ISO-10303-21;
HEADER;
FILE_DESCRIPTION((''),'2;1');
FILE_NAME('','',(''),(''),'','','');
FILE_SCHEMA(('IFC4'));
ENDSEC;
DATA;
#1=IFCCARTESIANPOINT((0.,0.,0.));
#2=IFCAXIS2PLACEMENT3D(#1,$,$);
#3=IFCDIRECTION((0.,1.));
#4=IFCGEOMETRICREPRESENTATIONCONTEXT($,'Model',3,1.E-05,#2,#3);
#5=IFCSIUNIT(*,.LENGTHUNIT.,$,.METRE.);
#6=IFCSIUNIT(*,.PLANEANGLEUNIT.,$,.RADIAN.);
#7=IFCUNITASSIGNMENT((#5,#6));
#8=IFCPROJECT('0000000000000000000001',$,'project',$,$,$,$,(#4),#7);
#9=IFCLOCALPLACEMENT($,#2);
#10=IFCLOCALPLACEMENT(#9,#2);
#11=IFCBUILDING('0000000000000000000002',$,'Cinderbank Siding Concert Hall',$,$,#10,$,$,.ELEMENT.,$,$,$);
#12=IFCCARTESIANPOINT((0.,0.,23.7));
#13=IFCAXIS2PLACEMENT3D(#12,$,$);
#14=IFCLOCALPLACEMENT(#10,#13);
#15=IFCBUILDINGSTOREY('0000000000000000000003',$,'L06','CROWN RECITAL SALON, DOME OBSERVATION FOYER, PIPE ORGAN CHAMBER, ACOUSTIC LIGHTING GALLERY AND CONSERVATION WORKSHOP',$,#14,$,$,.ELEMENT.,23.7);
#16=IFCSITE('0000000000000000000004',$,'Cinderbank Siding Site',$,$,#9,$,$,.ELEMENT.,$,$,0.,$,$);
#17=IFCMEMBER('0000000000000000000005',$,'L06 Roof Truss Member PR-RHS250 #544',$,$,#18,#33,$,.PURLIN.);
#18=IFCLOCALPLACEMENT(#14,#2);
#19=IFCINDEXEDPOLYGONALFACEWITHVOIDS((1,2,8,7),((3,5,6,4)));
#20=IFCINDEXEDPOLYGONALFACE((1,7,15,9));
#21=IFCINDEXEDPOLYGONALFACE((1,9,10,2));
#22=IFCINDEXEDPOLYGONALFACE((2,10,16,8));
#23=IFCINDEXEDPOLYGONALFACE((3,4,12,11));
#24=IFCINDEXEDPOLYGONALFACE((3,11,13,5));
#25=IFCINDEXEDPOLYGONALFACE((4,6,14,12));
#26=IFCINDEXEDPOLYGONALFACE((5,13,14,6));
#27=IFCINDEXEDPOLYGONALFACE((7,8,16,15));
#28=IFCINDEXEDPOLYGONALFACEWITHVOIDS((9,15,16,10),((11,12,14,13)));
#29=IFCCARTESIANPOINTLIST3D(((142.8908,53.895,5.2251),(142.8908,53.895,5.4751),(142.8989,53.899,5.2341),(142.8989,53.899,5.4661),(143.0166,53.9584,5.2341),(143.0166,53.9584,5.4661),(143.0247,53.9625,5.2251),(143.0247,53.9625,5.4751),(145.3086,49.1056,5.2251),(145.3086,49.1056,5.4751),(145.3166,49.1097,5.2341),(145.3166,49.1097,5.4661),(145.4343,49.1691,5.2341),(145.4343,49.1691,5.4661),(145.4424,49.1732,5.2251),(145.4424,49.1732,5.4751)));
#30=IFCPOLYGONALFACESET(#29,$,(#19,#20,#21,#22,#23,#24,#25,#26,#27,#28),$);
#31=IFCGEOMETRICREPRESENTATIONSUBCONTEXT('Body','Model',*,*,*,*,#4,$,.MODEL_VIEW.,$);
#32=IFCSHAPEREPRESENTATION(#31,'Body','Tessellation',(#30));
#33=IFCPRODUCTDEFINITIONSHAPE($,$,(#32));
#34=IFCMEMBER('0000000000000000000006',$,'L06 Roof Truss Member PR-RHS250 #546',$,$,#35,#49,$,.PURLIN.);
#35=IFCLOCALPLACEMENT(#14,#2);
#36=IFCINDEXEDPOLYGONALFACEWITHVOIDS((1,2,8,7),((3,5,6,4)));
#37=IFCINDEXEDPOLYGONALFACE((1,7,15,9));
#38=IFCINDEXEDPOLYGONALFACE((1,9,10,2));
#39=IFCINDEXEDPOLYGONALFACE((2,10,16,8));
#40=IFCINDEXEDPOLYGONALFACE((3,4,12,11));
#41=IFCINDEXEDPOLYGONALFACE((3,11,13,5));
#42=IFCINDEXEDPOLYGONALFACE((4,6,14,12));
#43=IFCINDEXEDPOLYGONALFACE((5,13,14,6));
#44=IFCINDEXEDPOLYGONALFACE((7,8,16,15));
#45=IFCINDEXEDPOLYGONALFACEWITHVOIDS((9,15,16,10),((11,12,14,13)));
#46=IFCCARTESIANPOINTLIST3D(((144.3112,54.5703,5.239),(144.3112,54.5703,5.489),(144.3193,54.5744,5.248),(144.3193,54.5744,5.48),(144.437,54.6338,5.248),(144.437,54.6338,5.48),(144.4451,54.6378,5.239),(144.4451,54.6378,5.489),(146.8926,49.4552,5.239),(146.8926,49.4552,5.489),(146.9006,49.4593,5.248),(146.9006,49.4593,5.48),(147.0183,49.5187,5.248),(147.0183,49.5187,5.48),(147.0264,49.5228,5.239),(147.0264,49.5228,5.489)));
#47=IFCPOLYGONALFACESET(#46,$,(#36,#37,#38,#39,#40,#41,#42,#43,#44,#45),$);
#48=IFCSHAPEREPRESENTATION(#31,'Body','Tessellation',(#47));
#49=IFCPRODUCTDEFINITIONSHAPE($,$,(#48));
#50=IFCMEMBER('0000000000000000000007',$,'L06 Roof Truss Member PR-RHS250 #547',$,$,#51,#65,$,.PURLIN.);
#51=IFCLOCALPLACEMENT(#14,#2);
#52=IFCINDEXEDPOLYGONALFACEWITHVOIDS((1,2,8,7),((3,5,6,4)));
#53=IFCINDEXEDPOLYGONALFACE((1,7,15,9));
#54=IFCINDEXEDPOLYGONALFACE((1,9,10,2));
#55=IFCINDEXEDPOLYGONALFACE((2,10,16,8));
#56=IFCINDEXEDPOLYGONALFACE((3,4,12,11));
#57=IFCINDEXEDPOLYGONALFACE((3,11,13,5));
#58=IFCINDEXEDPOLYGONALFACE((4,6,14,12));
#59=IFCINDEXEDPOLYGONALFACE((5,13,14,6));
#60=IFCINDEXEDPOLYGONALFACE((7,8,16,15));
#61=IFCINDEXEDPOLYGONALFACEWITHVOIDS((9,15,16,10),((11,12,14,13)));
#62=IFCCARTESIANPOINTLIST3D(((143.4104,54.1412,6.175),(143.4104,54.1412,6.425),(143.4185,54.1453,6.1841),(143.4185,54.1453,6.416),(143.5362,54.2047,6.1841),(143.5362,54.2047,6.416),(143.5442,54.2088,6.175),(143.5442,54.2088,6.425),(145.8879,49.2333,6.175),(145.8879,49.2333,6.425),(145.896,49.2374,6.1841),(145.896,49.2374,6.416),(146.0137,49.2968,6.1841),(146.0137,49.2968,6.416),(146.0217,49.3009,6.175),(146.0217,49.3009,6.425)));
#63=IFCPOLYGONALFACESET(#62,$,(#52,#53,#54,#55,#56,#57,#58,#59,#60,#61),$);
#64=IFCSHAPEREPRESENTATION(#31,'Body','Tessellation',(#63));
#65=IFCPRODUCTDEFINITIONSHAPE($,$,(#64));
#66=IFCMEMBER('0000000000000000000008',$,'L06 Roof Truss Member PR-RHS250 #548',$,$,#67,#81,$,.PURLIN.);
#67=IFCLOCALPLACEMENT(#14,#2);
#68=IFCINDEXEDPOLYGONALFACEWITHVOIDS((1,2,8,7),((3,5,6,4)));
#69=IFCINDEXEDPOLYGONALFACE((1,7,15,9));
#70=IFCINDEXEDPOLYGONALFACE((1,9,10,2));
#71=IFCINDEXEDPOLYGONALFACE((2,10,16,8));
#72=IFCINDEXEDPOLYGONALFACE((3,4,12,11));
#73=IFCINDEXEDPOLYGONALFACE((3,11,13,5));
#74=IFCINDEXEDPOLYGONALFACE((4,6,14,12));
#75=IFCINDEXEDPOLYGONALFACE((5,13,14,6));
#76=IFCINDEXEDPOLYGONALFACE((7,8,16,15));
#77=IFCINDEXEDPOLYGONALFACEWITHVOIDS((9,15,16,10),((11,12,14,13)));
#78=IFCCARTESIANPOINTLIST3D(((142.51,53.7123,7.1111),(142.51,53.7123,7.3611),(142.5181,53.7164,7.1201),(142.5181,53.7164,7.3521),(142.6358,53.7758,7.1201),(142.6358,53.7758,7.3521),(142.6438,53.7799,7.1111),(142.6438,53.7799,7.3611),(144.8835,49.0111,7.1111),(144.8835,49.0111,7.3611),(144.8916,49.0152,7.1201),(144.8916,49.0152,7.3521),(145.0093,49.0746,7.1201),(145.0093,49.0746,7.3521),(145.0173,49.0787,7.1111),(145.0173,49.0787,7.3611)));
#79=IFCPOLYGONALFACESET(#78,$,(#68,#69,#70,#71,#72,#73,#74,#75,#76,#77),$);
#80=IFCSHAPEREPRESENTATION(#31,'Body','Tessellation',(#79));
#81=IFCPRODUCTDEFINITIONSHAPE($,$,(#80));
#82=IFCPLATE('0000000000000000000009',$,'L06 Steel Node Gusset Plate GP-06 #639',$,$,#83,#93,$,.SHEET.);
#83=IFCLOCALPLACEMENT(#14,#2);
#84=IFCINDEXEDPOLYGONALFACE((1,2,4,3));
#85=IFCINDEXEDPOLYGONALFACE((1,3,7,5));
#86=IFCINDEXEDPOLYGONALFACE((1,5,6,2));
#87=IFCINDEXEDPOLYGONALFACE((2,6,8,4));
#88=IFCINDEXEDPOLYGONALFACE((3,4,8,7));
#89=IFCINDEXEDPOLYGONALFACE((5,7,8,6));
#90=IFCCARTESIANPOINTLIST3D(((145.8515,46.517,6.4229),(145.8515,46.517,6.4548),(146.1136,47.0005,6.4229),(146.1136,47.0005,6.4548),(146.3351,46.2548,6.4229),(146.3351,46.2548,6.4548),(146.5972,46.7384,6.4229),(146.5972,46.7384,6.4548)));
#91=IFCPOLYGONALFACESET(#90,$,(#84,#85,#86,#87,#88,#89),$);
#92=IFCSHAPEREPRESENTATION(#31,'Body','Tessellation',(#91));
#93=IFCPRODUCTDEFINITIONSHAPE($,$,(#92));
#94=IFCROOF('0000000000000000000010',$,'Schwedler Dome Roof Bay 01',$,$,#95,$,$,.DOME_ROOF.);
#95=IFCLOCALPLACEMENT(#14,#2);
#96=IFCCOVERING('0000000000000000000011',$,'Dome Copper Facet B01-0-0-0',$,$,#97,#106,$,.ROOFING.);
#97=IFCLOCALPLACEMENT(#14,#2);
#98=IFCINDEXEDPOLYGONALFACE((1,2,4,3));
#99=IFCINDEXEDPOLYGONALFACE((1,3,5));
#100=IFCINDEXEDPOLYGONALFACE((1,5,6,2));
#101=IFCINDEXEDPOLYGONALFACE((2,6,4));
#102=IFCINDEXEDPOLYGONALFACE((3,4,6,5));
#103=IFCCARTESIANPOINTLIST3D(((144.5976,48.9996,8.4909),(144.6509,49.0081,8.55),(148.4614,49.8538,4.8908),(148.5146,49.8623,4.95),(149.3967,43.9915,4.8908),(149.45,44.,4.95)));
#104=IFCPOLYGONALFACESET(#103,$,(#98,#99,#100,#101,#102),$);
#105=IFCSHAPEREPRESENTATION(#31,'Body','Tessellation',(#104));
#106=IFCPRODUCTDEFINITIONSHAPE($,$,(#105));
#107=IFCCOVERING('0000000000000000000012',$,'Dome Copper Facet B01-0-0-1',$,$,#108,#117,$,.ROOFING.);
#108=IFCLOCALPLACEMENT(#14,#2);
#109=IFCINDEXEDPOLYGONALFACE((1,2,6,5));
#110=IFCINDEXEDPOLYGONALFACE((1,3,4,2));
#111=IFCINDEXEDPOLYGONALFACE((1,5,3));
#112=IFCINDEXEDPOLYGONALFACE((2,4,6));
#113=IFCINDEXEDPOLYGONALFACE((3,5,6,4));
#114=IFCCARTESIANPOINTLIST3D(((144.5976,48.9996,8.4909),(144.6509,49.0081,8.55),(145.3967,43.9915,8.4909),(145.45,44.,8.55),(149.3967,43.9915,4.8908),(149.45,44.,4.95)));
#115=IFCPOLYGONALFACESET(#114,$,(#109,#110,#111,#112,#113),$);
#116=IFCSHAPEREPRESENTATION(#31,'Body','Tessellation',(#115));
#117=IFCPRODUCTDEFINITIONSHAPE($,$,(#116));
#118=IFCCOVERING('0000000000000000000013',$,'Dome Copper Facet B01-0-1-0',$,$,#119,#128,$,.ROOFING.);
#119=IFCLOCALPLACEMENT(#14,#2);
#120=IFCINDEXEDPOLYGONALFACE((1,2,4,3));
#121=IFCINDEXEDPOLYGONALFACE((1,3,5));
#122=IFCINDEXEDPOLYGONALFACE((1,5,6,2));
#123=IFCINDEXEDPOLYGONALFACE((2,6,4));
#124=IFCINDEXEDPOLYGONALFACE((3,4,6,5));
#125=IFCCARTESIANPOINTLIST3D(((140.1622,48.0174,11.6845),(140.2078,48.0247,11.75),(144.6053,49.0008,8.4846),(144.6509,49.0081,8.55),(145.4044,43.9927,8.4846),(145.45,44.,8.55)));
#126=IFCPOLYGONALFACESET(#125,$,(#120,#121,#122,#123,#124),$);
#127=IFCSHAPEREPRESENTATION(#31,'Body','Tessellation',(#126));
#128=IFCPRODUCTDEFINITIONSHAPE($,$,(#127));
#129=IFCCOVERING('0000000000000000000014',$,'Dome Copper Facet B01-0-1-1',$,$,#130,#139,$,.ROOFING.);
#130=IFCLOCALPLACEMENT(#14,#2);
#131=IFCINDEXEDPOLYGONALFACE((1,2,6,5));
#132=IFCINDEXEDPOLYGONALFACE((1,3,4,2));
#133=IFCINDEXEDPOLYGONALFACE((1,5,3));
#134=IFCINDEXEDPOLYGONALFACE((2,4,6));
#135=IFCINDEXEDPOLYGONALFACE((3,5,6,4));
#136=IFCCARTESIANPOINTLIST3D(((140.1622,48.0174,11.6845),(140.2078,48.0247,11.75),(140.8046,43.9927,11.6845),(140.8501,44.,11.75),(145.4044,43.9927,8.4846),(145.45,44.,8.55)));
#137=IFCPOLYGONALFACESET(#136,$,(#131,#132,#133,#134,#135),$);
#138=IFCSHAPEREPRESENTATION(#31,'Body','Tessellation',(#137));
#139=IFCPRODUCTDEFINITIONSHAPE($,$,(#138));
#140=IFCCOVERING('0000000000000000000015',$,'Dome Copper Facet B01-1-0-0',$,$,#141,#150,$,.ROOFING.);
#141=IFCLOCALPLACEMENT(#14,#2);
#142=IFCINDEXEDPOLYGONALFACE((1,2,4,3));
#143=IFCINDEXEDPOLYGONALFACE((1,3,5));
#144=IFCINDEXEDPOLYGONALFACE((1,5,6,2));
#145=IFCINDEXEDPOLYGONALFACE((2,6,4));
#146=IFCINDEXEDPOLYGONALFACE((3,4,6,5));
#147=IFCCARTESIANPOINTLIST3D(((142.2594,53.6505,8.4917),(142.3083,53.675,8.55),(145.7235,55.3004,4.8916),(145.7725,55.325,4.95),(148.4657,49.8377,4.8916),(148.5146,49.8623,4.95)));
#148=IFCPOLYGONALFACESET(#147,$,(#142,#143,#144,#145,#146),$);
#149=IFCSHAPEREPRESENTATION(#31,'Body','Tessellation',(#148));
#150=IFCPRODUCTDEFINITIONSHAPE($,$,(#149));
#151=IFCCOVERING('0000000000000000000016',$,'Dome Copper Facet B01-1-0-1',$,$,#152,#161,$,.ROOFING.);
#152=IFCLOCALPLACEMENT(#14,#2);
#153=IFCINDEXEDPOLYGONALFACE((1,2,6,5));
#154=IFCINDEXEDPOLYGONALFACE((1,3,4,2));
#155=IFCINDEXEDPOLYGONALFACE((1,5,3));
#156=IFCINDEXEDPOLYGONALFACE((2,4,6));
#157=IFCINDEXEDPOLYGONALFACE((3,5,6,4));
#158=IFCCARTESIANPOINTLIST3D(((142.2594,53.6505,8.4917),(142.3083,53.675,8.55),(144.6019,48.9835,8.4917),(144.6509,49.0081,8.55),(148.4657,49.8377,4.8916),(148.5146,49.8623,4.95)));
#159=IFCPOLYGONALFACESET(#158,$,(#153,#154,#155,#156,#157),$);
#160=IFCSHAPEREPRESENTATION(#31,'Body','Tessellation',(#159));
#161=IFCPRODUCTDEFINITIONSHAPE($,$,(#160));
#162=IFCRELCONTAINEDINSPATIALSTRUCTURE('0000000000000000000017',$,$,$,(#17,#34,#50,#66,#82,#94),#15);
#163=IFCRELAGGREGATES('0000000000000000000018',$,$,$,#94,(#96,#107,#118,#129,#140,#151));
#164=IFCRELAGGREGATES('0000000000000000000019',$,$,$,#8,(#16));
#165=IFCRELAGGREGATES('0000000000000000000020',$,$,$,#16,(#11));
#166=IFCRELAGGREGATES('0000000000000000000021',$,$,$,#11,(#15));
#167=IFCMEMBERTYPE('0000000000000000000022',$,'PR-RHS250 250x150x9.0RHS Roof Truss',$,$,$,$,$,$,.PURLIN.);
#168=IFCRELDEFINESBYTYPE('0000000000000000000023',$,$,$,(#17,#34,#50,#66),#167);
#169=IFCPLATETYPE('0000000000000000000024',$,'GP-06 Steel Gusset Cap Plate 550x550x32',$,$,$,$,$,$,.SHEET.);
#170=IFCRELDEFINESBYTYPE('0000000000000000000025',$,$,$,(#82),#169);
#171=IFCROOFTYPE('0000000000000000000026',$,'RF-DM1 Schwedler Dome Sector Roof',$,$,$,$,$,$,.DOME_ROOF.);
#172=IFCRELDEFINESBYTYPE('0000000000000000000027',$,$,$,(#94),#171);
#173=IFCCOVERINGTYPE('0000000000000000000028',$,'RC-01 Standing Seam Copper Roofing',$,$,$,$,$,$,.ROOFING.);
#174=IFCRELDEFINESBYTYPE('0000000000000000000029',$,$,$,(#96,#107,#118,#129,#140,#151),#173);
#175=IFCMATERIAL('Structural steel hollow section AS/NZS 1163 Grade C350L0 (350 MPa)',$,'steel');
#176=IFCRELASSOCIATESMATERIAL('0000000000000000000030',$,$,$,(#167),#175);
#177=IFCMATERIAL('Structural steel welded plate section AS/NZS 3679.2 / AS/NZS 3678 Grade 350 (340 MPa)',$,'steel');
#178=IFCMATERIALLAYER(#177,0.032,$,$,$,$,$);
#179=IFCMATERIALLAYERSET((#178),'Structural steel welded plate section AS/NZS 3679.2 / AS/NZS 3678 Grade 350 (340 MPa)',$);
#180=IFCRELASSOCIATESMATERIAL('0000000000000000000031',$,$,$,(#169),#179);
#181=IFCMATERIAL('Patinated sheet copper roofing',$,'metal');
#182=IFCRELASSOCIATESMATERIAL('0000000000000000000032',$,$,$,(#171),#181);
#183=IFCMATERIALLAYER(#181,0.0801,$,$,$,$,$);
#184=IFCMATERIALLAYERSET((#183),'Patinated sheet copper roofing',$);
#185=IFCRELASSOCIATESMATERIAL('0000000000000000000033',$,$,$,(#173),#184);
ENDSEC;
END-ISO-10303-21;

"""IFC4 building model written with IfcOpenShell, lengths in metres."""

from ifc_helpers import new_model, si_unit, direction, frame, origin, origin_2d, place, context, subcontext, project, spatial, polyline, rectangle, hollow_rectangle, outline, extrude, material, layer, layer_set, material_profile, profile_set, type_object, element, aggregate, save


model = new_model("IFC4")

# Units and contexts
model_context = context("Model", 3, precision=1e-05, world=origin(), true_north=direction((0.0, 1.0)))
body_context = subcontext(model_context, "Body", "Model", "MODEL_VIEW")
ifc_project = project(units=[si_unit("LENGTHUNIT", "METRE"), si_unit("PLANEANGLEUNIT", "RADIAN")], contexts=[model_context])

# Site, building, storey
site_placement = place(None, origin())
site = spatial("IfcSite", under=ifc_project, at=site_placement, Name="Cinderbank Siding Site", CompositionType="ELEMENT", RefElevation=0.0)
building_placement = place(site_placement, origin())
building = spatial("IfcBuilding", under=site, at=building_placement, Name="Cinderbank Siding Concert Hall", CompositionType="ELEMENT")
storey_placement = place(building_placement, frame((0.0, 0.0, 23.7)))
storey = spatial("IfcBuildingStorey", under=building, at=storey_placement, Name="L06", Description="CROWN RECITAL SALON, DOME OBSERVATION FOYER, PIPE ORGAN CHAMBER, ACOUSTIC LIGHTING GALLERY AND CONSERVATION WORKSHOP", CompositionType="ELEMENT", Elevation=23.7)

# Members
ifc_material_1 = material(Name="Structural steel hollow section AS/NZS 1163 Grade C350L0 (350 MPa)", Category="steel")
ifc_material_profile_1 = material_profile(ifc_material_1, hollow_rectangle(XDim=0.1499, YDim=0.25, WallThickness=0.009, at=origin_2d()), Name="250x150x9.0RHS", Category="LoadBearing")
ifc_profile_set_1 = profile_set([ifc_material_profile_1], Name="Structural steel hollow section AS/NZS 1163 Grade C350L0 (350 MPa)")
member_type_1 = type_object("IfcMemberType", Name="PR-RHS250 250x150x9.0RHS Roof Truss", PredefinedType="PURLIN", material=ifc_profile_set_1)
member_1_placement = place(storey_placement, frame((145.3755, 49.1394, 5.3501), z_axis=(-0.450651, 0.8927, 0.0), x_axis=(-0.8927, -0.450651, 0.0)))
element("IfcMember", 1, at=member_1_placement, inside=storey, type_object=member_type_1, Name="L06 Roof Truss Member PR-RHS250 #544", PredefinedType="PURLIN", context=body_context, shape_type="SweptSolid", body=[
    extrude(hollow_rectangle(XDim=0.1499, YDim=0.25, WallThickness=0.009, at=origin_2d()), origin(), (0.0, 0.0, 1.0), 5.365),
])
member_2_placement = place(storey_placement, frame((146.9595, 49.489, 5.364), z_axis=(-0.450534, 0.892759, 0.0), x_axis=(-0.892759, -0.450534, 0.0)))
element("IfcMember", 2, at=member_2_placement, inside=storey, type_object=member_type_1, Name="L06 Roof Truss Member PR-RHS250 #546", PredefinedType="PURLIN", context=body_context, shape_type="SweptSolid", body=[
    extrude(hollow_rectangle(XDim=0.1499, YDim=0.25, WallThickness=0.009, at=origin_2d()), origin(), (0.0, 0.0, 1.0), 5.7295),
])
member_3_placement = place(storey_placement, frame((145.9548, 49.2671, 6.3), z_axis=(-0.450639, 0.892707, 0.0), x_axis=(-0.892707, -0.450639, 0.0)))
element("IfcMember", 3, at=member_3_placement, inside=storey, type_object=member_type_1, Name="L06 Roof Truss Member PR-RHS250 #547", PredefinedType="PURLIN", context=body_context, shape_type="SweptSolid", body=[
    extrude(hollow_rectangle(XDim=0.1499, YDim=0.25, WallThickness=0.009, at=origin_2d()), origin(), (0.0, 0.0, 1.0), 5.4978),
])
member_4_placement = place(storey_placement, frame((144.9504, 49.0449, 7.2361), z_axis=(-0.450696, 0.892677, 0.0), x_axis=(-0.892677, -0.450696, 0.0)))
element("IfcMember", 4, at=member_4_placement, inside=storey, type_object=member_type_1, Name="L06 Roof Truss Member PR-RHS250 #548", PredefinedType="PURLIN", context=body_context, shape_type="SweptSolid", body=[
    extrude(hollow_rectangle(XDim=0.1499, YDim=0.25, WallThickness=0.009, at=origin_2d()), origin(), (0.0, 0.0, 1.0), 5.2664),
])

# Plate
ifc_material_2 = material(Name="Structural steel welded plate section AS/NZS 3679.2 / AS/NZS 3678 Grade 350 (340 MPa)", Category="steel")
ifc_layer_1 = layer(ifc_material_2, 0.032)
ifc_layer_set_1 = layer_set([ifc_layer_1], Name="Structural steel welded plate section AS/NZS 3679.2 / AS/NZS 3678 Grade 350 (340 MPa)")
plate_type = type_object("IfcPlateType", Name="GP-06 Steel Gusset Cap Plate 550x550x32", PredefinedType="SHEET", material=ifc_layer_set_1)
plate_placement = place(storey_placement, frame((146.2244, 46.6277, 6.4229), z_axis=(0.0, 0.0, 1.0), x_axis=(-0.476545, -0.87915, 0.0)))
element("IfcPlate", 5, at=plate_placement, inside=storey, type_object=plate_type, Name="L06 Steel Node Gusset Plate GP-06 #639", PredefinedType="SHEET", context=body_context, shape_type="SweptSolid", body=[
    extrude(rectangle(XDim=0.55, YDim=0.55, at=origin_2d()), origin(), (0.0, 0.0, 1.0), 0.032),
])

# Roof, coverings
ifc_material_3 = material(Name="Patinated sheet copper roofing", Category="metal")
roof_type = type_object("IfcRoofType", Name="RF-DM1 Schwedler Dome Sector Roof", PredefinedType="DOME_ROOF", material=ifc_material_3)
roof_placement = place(storey_placement, origin())
roof = element("IfcRoof", 6, at=roof_placement, inside=storey, type_object=roof_type, Name="Schwedler Dome Roof Bay 01", PredefinedType="DOME_ROOF")
ifc_layer_2 = layer(ifc_material_3, 0.0801)
ifc_layer_set_2 = layer_set([ifc_layer_2], Name="Patinated sheet copper roofing")
covering_type = type_object("IfcCoveringType", Name="RC-01 Standing Seam Copper Roofing", PredefinedType="ROOFING", material=ifc_layer_set_2)
covering_1_placement = place(storey_placement, frame((149.45, 44.0, 4.95), z_axis=(0.665191, 0.106128, 0.739092), x_axis=(-0.157553, 0.987511, 0.0)))
covering_1 = element("IfcCovering", 7, at=covering_1_placement, type_object=covering_type, Name="Dome Copper Facet B01-0-0-0", PredefinedType="ROOFING", context=body_context, shape_type="SweptSolid", body=[
    extrude(outline(polyline([(0.0, 0.0), (5.9364, 0.0), (5.7016, 5.3445), (0.0, 0.0)])), origin(), (0.0, 0.0, -1.0), 0.0801),
])
covering_2_placement = place(storey_placement, frame((149.45, 44.0, 4.95), z_axis=(0.665196, 0.106137, 0.739087), x_axis=(-0.614094, 0.640836, 0.460672)))
covering_2 = element("IfcCovering", 8, at=covering_2_placement, type_object=covering_type, Name="Dome Copper Facet B01-0-0-1", PredefinedType="ROOFING", context=body_context, shape_type="SweptSolid", body=[
    extrude(outline(polyline([(0.0, 0.0), (7.8149, 0.0), (4.1148, 3.4683), (0.0, 0.0)])), origin(), (0.0, 0.0, -1.0), 0.0801),
])
covering_3_placement = place(storey_placement, frame((145.45, 44.0, 8.55), z_axis=(0.568701, 0.09074, 0.817524), x_axis=(-0.157564, 0.987509, 0.0)))
covering_3 = element("IfcCovering", 9, at=covering_3_placement, type_object=covering_type, Name="Dome Copper Facet B01-0-1-0", PredefinedType="ROOFING", context=body_context, shape_type="SweptSolid", body=[
    extrude(outline(polyline([(0.0, 0.0), (5.0714, 0.0), (4.8004, 5.5565), (0.0, 0.0)])), origin(), (0.0, 0.0, -1.0), 0.0801),
])
covering_4_placement = place(storey_placement, frame((145.45, 44.0, 8.55), z_axis=(0.568714, 0.090766, 0.817512), x_axis=(-0.713913, 0.548102, 0.435789)))
covering_4 = element("IfcCovering", 10, at=covering_4_placement, type_object=covering_type, Name="Dome Copper Facet B01-0-1-1", PredefinedType="ROOFING", context=body_context, shape_type="SweptSolid", body=[
    extrude(outline(polyline([(0.0, 0.0), (7.3429, 0.0), (4.6784, 3.084), (0.0, 0.0)])), origin(), (0.0, 0.0, -1.0), 0.0801),
])
covering_5_placement = place(storey_placement, frame((148.5146, 49.8623, 4.95), z_axis=(0.611585, 0.307009, 0.729184), x_axis=(-0.448635, 0.893715, 0.0)))
covering_5 = element("IfcCovering", 11, at=covering_5_placement, type_object=covering_type, Name="Dome Copper Facet B01-1-0-0", PredefinedType="ROOFING", context=body_context, shape_type="SweptSolid", body=[
    extrude(outline(polyline([(0.0, 0.0), (6.1123, 0.0), (6.1919, 5.2609), (0.0, 0.0)])), origin(), (0.0, 0.0, -1.0), 0.0801),
])
covering_6_placement = place(storey_placement, frame((148.5146, 49.8623, 4.95), z_axis=(0.611576, 0.306972, 0.729207), x_axis=(-0.763851, 0.46926, 0.443088)))
covering_6 = element("IfcCovering", 12, at=covering_6_placement, type_object=covering_type, Name="Dome Copper Facet B01-1-0-1", PredefinedType="ROOFING", context=body_context, shape_type="SweptSolid", body=[
    extrude(outline(polyline([(0.0, 0.0), (8.125, 0.0), (4.1456, 3.3812), (0.0, 0.0)])), origin(), (0.0, 0.0, -1.0), 0.0801),
])
aggregate(roof, [covering_1, covering_2, covering_3, covering_4, covering_5, covering_6])

save(model, "model.ifc")
